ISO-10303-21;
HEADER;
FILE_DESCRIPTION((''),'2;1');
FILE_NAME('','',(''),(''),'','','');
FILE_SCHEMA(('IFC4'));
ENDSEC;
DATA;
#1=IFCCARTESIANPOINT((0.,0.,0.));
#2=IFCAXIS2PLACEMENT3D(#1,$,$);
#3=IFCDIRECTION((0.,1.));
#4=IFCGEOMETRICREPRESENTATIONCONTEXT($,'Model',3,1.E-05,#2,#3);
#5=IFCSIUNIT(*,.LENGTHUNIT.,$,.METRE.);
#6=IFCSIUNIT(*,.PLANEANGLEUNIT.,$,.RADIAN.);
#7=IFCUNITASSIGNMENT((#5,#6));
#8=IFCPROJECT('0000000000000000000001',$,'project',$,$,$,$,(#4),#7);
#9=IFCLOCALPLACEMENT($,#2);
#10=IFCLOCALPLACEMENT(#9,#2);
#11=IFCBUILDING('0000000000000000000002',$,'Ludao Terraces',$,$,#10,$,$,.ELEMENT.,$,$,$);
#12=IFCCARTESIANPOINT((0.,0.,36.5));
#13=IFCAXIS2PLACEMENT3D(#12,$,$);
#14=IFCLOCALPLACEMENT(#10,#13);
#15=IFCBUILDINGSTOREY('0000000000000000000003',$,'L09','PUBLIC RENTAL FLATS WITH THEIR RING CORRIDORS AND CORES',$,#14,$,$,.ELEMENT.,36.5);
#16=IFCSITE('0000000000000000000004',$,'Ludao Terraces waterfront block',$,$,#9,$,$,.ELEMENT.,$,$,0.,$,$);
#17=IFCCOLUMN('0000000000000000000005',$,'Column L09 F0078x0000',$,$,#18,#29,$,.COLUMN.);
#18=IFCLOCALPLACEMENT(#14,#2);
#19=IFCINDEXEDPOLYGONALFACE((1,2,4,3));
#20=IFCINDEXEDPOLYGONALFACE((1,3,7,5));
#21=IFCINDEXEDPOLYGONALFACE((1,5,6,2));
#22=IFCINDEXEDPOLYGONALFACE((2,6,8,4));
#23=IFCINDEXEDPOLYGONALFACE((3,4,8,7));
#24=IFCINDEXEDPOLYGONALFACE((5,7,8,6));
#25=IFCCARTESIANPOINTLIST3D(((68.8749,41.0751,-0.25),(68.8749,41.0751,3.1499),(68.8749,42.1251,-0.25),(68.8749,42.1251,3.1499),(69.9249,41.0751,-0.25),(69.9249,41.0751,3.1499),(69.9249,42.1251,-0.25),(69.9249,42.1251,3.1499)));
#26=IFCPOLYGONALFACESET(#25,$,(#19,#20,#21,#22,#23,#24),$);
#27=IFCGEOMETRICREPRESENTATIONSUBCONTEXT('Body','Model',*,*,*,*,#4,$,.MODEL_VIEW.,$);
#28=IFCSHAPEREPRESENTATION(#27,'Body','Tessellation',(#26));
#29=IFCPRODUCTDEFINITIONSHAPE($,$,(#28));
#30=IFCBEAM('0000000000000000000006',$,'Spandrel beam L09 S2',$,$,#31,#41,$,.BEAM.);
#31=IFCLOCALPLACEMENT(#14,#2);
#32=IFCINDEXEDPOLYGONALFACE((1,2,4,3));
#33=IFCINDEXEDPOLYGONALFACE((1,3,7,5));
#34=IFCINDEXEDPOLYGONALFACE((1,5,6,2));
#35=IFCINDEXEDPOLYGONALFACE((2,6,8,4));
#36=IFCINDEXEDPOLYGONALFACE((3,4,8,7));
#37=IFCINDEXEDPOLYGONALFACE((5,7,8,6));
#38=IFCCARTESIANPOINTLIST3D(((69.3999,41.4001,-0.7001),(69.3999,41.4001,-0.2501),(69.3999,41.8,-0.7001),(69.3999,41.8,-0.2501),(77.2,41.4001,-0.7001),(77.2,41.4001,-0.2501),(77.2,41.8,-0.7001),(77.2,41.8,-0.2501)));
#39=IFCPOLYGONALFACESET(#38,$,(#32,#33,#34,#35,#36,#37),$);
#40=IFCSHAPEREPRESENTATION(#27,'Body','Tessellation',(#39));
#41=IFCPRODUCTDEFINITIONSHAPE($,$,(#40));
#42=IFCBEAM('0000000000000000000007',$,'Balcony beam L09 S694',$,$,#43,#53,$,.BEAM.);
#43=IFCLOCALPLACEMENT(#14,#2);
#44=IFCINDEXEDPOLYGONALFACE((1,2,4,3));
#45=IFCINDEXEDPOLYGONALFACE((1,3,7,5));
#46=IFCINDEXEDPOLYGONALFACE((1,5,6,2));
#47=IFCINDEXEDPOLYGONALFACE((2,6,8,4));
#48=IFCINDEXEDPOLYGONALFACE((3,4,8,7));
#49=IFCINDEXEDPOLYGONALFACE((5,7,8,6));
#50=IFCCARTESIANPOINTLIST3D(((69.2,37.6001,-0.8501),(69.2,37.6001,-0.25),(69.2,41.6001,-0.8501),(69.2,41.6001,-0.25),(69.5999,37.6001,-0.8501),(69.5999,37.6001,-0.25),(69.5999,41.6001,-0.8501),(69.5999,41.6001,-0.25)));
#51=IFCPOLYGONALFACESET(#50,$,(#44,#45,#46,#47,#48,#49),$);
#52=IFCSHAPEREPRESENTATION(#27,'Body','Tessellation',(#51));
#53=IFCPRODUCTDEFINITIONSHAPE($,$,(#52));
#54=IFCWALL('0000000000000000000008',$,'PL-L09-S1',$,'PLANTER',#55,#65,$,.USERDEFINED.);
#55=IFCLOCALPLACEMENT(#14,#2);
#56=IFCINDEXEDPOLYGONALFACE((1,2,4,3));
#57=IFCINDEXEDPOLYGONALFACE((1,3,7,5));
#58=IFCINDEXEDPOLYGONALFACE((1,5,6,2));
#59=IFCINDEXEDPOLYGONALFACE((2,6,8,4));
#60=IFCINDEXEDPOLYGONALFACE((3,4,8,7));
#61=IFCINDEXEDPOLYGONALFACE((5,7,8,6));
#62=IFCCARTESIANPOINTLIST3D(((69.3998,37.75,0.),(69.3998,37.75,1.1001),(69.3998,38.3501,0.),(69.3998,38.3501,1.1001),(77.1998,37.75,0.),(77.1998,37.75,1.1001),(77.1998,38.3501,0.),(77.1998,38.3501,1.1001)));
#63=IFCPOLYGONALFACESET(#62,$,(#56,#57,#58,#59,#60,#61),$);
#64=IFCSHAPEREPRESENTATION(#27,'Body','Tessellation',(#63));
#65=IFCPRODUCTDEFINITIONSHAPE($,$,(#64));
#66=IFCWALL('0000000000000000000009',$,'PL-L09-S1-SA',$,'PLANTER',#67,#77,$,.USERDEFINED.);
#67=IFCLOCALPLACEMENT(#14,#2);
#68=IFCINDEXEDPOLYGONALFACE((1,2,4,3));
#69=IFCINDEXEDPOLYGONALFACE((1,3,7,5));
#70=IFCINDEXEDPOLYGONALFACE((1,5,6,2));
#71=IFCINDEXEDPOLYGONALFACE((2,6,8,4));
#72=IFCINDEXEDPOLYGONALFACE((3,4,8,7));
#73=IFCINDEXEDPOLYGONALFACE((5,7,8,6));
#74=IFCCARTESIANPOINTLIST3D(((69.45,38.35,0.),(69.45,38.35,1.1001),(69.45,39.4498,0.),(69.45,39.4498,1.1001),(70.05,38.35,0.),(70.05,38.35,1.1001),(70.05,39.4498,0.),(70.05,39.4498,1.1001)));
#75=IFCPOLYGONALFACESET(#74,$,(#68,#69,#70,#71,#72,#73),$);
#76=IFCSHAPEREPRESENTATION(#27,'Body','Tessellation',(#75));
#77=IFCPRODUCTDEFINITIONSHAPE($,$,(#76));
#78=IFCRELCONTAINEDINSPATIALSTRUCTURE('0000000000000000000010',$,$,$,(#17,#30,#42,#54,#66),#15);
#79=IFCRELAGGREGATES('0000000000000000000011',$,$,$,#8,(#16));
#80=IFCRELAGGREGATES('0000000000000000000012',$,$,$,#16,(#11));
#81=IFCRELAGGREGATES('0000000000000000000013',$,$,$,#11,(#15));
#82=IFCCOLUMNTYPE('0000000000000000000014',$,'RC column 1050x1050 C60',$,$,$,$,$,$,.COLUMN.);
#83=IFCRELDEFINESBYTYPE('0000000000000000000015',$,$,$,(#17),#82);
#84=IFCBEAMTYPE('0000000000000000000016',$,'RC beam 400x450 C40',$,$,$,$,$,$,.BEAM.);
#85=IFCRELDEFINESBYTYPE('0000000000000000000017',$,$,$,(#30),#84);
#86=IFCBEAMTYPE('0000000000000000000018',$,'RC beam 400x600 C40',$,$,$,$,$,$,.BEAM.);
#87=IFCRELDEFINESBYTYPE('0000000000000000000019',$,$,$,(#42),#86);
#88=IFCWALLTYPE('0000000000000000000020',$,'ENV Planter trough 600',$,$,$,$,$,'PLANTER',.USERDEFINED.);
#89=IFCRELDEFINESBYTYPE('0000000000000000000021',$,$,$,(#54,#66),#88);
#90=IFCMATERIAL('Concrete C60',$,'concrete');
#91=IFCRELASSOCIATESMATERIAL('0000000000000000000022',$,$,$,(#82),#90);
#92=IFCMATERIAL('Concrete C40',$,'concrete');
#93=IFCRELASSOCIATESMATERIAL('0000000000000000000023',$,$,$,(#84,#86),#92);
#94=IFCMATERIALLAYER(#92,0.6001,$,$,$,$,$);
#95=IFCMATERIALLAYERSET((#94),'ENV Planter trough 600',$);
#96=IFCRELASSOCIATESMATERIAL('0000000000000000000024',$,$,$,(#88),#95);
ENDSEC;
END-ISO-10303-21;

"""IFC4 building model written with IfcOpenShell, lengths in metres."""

from ifc_helpers import new_model, si_unit, direction, frame, frame_2d, origin, origin_2d, place, context, subcontext, project, spatial, rectangle, extrude, material, layer, layer_set, material_profile, profile_set, type_object, element, save


model = new_model("IFC4")

# Units and contexts
model_context = context("Model", 3, precision=1e-05, world=origin(), true_north=direction((0.0, 1.0)))
body_context = subcontext(model_context, "Body", "Model", "MODEL_VIEW")
ifc_project = project(units=[si_unit("LENGTHUNIT", "METRE"), si_unit("PLANEANGLEUNIT", "RADIAN")], contexts=[model_context])

# Site, building, storey
site_placement = place(None, origin())
site = spatial("IfcSite", under=ifc_project, at=site_placement, Name="Ludao Terraces waterfront block", CompositionType="ELEMENT", RefElevation=0.0)
building_placement = place(site_placement, origin())
building = spatial("IfcBuilding", under=site, at=building_placement, Name="Ludao Terraces", CompositionType="ELEMENT")
storey_placement = place(building_placement, frame((0.0, 0.0, 36.5)))
storey = spatial("IfcBuildingStorey", under=building, at=storey_placement, Name="L09", Description="PUBLIC RENTAL FLATS WITH THEIR RING CORRIDORS AND CORES", CompositionType="ELEMENT", Elevation=36.5)

# Column
ifc_material_1 = material(Name="Concrete C60", Category="concrete")
ifc_material_profile_1 = material_profile(ifc_material_1, rectangle(XDim=1.05, YDim=1.05, at=origin_2d()), Name="1050 X 1050")
ifc_profile_set_1 = profile_set([ifc_material_profile_1], Name="Concrete C60")
column_type = type_object("IfcColumnType", Name="RC column 1050x1050 C60", PredefinedType="COLUMN", material=ifc_profile_set_1)
column_placement = place(storey_placement, frame((69.3999, 41.6001, -0.25), z_axis=(0.0, 0.0, 1.0), x_axis=(1.0, 0.0, 0.0)))
element("IfcColumn", 1, at=column_placement, inside=storey, type_object=column_type, Name="Column L09 F0078x0000", PredefinedType="COLUMN", context=body_context, shape_type="SweptSolid", body=[
    extrude(rectangle(XDim=1.05, YDim=1.05, at=origin_2d()), origin(), (0.0, 0.0, 1.0), 3.3999),
])

# Beams
ifc_material_2 = material(Name="Concrete C40", Category="concrete")
ifc_material_profile_2 = material_profile(ifc_material_2, rectangle(XDim=0.3999, YDim=0.45, at=origin_2d()), Name="400 X 450")
ifc_profile_set_2 = profile_set([ifc_material_profile_2], Name="Concrete C40")
beam_type_1 = type_object("IfcBeamType", Name="RC beam 400x450 C40", PredefinedType="BEAM", material=ifc_profile_set_2)
beam_1_placement = place(storey_placement, frame((69.3999, 41.6001, -0.4751), z_axis=(1.0, 0.0, 0.0), x_axis=(0.0, 1.0, 0.0)))
element("IfcBeam", 2, at=beam_1_placement, inside=storey, type_object=beam_type_1, Name="Spandrel beam L09 S2", PredefinedType="BEAM", context=body_context, shape_type="SweptSolid", body=[
    extrude(rectangle(XDim=0.3999, YDim=0.45, at=origin_2d()), origin(), (0.0, 0.0, 1.0), 7.8),
])
ifc_material_profile_3 = material_profile(ifc_material_2, rectangle(XDim=0.3999, YDim=0.6001, at=origin_2d()), Name="400 X 600")
ifc_profile_set_3 = profile_set([ifc_material_profile_3], Name="Concrete C40")
beam_type_2 = type_object("IfcBeamType", Name="RC beam 400x600 C40", PredefinedType="BEAM", material=ifc_profile_set_3)
beam_2_placement = place(storey_placement, frame((69.3999, 41.6001, -0.55), z_axis=(0.0, -1.0, 0.0), x_axis=(1.0, 0.0, 0.0)))
element("IfcBeam", 3, at=beam_2_placement, inside=storey, type_object=beam_type_2, Name="Balcony beam L09 S694", PredefinedType="BEAM", context=body_context, shape_type="SweptSolid", body=[
    extrude(rectangle(XDim=0.3999, YDim=0.6001, at=origin_2d()), origin(), (0.0, 0.0, 1.0), 4.0),
])

# Walls
ifc_layer = layer(ifc_material_2, 0.6001)
ifc_layer_set = layer_set([ifc_layer], Name="ENV Planter trough 600")
wall_type = type_object("IfcWallType", Name="ENV Planter trough 600", ElementType="PLANTER", PredefinedType="USERDEFINED", material=ifc_layer_set)
wall_1_placement = place(storey_placement, frame((69.3999, 38.05, 0.0), z_axis=(0.0, 0.0, 1.0), x_axis=(1.0, 0.0, 0.0)))
element("IfcWall", 4, at=wall_1_placement, inside=storey, type_object=wall_type, Name="PL-L09-S1", ObjectType="PLANTER", PredefinedType="USERDEFINED", context=body_context, shape_type="SweptSolid", body=[
    extrude(rectangle(XDim=7.8, YDim=0.6001, at=frame_2d((3.8999, 0.0))), origin(), (0.0, 0.0, 1.0), 1.1001),
])
wall_2_placement = place(storey_placement, frame((69.75, 38.3501, 0.0), z_axis=(0.0, 0.0, 1.0), x_axis=(0.0, 1.0, 0.0)))
element("IfcWall", 5, at=wall_2_placement, inside=storey, type_object=wall_type, Name="PL-L09-S1-SA", ObjectType="PLANTER", PredefinedType="USERDEFINED", context=body_context, shape_type="SweptSolid", body=[
    extrude(rectangle(XDim=1.0999, YDim=0.6001, at=frame_2d((0.5498, 0.0))), origin(), (0.0, 0.0, 1.0), 1.1001),
])

save(model, "model.ifc")
